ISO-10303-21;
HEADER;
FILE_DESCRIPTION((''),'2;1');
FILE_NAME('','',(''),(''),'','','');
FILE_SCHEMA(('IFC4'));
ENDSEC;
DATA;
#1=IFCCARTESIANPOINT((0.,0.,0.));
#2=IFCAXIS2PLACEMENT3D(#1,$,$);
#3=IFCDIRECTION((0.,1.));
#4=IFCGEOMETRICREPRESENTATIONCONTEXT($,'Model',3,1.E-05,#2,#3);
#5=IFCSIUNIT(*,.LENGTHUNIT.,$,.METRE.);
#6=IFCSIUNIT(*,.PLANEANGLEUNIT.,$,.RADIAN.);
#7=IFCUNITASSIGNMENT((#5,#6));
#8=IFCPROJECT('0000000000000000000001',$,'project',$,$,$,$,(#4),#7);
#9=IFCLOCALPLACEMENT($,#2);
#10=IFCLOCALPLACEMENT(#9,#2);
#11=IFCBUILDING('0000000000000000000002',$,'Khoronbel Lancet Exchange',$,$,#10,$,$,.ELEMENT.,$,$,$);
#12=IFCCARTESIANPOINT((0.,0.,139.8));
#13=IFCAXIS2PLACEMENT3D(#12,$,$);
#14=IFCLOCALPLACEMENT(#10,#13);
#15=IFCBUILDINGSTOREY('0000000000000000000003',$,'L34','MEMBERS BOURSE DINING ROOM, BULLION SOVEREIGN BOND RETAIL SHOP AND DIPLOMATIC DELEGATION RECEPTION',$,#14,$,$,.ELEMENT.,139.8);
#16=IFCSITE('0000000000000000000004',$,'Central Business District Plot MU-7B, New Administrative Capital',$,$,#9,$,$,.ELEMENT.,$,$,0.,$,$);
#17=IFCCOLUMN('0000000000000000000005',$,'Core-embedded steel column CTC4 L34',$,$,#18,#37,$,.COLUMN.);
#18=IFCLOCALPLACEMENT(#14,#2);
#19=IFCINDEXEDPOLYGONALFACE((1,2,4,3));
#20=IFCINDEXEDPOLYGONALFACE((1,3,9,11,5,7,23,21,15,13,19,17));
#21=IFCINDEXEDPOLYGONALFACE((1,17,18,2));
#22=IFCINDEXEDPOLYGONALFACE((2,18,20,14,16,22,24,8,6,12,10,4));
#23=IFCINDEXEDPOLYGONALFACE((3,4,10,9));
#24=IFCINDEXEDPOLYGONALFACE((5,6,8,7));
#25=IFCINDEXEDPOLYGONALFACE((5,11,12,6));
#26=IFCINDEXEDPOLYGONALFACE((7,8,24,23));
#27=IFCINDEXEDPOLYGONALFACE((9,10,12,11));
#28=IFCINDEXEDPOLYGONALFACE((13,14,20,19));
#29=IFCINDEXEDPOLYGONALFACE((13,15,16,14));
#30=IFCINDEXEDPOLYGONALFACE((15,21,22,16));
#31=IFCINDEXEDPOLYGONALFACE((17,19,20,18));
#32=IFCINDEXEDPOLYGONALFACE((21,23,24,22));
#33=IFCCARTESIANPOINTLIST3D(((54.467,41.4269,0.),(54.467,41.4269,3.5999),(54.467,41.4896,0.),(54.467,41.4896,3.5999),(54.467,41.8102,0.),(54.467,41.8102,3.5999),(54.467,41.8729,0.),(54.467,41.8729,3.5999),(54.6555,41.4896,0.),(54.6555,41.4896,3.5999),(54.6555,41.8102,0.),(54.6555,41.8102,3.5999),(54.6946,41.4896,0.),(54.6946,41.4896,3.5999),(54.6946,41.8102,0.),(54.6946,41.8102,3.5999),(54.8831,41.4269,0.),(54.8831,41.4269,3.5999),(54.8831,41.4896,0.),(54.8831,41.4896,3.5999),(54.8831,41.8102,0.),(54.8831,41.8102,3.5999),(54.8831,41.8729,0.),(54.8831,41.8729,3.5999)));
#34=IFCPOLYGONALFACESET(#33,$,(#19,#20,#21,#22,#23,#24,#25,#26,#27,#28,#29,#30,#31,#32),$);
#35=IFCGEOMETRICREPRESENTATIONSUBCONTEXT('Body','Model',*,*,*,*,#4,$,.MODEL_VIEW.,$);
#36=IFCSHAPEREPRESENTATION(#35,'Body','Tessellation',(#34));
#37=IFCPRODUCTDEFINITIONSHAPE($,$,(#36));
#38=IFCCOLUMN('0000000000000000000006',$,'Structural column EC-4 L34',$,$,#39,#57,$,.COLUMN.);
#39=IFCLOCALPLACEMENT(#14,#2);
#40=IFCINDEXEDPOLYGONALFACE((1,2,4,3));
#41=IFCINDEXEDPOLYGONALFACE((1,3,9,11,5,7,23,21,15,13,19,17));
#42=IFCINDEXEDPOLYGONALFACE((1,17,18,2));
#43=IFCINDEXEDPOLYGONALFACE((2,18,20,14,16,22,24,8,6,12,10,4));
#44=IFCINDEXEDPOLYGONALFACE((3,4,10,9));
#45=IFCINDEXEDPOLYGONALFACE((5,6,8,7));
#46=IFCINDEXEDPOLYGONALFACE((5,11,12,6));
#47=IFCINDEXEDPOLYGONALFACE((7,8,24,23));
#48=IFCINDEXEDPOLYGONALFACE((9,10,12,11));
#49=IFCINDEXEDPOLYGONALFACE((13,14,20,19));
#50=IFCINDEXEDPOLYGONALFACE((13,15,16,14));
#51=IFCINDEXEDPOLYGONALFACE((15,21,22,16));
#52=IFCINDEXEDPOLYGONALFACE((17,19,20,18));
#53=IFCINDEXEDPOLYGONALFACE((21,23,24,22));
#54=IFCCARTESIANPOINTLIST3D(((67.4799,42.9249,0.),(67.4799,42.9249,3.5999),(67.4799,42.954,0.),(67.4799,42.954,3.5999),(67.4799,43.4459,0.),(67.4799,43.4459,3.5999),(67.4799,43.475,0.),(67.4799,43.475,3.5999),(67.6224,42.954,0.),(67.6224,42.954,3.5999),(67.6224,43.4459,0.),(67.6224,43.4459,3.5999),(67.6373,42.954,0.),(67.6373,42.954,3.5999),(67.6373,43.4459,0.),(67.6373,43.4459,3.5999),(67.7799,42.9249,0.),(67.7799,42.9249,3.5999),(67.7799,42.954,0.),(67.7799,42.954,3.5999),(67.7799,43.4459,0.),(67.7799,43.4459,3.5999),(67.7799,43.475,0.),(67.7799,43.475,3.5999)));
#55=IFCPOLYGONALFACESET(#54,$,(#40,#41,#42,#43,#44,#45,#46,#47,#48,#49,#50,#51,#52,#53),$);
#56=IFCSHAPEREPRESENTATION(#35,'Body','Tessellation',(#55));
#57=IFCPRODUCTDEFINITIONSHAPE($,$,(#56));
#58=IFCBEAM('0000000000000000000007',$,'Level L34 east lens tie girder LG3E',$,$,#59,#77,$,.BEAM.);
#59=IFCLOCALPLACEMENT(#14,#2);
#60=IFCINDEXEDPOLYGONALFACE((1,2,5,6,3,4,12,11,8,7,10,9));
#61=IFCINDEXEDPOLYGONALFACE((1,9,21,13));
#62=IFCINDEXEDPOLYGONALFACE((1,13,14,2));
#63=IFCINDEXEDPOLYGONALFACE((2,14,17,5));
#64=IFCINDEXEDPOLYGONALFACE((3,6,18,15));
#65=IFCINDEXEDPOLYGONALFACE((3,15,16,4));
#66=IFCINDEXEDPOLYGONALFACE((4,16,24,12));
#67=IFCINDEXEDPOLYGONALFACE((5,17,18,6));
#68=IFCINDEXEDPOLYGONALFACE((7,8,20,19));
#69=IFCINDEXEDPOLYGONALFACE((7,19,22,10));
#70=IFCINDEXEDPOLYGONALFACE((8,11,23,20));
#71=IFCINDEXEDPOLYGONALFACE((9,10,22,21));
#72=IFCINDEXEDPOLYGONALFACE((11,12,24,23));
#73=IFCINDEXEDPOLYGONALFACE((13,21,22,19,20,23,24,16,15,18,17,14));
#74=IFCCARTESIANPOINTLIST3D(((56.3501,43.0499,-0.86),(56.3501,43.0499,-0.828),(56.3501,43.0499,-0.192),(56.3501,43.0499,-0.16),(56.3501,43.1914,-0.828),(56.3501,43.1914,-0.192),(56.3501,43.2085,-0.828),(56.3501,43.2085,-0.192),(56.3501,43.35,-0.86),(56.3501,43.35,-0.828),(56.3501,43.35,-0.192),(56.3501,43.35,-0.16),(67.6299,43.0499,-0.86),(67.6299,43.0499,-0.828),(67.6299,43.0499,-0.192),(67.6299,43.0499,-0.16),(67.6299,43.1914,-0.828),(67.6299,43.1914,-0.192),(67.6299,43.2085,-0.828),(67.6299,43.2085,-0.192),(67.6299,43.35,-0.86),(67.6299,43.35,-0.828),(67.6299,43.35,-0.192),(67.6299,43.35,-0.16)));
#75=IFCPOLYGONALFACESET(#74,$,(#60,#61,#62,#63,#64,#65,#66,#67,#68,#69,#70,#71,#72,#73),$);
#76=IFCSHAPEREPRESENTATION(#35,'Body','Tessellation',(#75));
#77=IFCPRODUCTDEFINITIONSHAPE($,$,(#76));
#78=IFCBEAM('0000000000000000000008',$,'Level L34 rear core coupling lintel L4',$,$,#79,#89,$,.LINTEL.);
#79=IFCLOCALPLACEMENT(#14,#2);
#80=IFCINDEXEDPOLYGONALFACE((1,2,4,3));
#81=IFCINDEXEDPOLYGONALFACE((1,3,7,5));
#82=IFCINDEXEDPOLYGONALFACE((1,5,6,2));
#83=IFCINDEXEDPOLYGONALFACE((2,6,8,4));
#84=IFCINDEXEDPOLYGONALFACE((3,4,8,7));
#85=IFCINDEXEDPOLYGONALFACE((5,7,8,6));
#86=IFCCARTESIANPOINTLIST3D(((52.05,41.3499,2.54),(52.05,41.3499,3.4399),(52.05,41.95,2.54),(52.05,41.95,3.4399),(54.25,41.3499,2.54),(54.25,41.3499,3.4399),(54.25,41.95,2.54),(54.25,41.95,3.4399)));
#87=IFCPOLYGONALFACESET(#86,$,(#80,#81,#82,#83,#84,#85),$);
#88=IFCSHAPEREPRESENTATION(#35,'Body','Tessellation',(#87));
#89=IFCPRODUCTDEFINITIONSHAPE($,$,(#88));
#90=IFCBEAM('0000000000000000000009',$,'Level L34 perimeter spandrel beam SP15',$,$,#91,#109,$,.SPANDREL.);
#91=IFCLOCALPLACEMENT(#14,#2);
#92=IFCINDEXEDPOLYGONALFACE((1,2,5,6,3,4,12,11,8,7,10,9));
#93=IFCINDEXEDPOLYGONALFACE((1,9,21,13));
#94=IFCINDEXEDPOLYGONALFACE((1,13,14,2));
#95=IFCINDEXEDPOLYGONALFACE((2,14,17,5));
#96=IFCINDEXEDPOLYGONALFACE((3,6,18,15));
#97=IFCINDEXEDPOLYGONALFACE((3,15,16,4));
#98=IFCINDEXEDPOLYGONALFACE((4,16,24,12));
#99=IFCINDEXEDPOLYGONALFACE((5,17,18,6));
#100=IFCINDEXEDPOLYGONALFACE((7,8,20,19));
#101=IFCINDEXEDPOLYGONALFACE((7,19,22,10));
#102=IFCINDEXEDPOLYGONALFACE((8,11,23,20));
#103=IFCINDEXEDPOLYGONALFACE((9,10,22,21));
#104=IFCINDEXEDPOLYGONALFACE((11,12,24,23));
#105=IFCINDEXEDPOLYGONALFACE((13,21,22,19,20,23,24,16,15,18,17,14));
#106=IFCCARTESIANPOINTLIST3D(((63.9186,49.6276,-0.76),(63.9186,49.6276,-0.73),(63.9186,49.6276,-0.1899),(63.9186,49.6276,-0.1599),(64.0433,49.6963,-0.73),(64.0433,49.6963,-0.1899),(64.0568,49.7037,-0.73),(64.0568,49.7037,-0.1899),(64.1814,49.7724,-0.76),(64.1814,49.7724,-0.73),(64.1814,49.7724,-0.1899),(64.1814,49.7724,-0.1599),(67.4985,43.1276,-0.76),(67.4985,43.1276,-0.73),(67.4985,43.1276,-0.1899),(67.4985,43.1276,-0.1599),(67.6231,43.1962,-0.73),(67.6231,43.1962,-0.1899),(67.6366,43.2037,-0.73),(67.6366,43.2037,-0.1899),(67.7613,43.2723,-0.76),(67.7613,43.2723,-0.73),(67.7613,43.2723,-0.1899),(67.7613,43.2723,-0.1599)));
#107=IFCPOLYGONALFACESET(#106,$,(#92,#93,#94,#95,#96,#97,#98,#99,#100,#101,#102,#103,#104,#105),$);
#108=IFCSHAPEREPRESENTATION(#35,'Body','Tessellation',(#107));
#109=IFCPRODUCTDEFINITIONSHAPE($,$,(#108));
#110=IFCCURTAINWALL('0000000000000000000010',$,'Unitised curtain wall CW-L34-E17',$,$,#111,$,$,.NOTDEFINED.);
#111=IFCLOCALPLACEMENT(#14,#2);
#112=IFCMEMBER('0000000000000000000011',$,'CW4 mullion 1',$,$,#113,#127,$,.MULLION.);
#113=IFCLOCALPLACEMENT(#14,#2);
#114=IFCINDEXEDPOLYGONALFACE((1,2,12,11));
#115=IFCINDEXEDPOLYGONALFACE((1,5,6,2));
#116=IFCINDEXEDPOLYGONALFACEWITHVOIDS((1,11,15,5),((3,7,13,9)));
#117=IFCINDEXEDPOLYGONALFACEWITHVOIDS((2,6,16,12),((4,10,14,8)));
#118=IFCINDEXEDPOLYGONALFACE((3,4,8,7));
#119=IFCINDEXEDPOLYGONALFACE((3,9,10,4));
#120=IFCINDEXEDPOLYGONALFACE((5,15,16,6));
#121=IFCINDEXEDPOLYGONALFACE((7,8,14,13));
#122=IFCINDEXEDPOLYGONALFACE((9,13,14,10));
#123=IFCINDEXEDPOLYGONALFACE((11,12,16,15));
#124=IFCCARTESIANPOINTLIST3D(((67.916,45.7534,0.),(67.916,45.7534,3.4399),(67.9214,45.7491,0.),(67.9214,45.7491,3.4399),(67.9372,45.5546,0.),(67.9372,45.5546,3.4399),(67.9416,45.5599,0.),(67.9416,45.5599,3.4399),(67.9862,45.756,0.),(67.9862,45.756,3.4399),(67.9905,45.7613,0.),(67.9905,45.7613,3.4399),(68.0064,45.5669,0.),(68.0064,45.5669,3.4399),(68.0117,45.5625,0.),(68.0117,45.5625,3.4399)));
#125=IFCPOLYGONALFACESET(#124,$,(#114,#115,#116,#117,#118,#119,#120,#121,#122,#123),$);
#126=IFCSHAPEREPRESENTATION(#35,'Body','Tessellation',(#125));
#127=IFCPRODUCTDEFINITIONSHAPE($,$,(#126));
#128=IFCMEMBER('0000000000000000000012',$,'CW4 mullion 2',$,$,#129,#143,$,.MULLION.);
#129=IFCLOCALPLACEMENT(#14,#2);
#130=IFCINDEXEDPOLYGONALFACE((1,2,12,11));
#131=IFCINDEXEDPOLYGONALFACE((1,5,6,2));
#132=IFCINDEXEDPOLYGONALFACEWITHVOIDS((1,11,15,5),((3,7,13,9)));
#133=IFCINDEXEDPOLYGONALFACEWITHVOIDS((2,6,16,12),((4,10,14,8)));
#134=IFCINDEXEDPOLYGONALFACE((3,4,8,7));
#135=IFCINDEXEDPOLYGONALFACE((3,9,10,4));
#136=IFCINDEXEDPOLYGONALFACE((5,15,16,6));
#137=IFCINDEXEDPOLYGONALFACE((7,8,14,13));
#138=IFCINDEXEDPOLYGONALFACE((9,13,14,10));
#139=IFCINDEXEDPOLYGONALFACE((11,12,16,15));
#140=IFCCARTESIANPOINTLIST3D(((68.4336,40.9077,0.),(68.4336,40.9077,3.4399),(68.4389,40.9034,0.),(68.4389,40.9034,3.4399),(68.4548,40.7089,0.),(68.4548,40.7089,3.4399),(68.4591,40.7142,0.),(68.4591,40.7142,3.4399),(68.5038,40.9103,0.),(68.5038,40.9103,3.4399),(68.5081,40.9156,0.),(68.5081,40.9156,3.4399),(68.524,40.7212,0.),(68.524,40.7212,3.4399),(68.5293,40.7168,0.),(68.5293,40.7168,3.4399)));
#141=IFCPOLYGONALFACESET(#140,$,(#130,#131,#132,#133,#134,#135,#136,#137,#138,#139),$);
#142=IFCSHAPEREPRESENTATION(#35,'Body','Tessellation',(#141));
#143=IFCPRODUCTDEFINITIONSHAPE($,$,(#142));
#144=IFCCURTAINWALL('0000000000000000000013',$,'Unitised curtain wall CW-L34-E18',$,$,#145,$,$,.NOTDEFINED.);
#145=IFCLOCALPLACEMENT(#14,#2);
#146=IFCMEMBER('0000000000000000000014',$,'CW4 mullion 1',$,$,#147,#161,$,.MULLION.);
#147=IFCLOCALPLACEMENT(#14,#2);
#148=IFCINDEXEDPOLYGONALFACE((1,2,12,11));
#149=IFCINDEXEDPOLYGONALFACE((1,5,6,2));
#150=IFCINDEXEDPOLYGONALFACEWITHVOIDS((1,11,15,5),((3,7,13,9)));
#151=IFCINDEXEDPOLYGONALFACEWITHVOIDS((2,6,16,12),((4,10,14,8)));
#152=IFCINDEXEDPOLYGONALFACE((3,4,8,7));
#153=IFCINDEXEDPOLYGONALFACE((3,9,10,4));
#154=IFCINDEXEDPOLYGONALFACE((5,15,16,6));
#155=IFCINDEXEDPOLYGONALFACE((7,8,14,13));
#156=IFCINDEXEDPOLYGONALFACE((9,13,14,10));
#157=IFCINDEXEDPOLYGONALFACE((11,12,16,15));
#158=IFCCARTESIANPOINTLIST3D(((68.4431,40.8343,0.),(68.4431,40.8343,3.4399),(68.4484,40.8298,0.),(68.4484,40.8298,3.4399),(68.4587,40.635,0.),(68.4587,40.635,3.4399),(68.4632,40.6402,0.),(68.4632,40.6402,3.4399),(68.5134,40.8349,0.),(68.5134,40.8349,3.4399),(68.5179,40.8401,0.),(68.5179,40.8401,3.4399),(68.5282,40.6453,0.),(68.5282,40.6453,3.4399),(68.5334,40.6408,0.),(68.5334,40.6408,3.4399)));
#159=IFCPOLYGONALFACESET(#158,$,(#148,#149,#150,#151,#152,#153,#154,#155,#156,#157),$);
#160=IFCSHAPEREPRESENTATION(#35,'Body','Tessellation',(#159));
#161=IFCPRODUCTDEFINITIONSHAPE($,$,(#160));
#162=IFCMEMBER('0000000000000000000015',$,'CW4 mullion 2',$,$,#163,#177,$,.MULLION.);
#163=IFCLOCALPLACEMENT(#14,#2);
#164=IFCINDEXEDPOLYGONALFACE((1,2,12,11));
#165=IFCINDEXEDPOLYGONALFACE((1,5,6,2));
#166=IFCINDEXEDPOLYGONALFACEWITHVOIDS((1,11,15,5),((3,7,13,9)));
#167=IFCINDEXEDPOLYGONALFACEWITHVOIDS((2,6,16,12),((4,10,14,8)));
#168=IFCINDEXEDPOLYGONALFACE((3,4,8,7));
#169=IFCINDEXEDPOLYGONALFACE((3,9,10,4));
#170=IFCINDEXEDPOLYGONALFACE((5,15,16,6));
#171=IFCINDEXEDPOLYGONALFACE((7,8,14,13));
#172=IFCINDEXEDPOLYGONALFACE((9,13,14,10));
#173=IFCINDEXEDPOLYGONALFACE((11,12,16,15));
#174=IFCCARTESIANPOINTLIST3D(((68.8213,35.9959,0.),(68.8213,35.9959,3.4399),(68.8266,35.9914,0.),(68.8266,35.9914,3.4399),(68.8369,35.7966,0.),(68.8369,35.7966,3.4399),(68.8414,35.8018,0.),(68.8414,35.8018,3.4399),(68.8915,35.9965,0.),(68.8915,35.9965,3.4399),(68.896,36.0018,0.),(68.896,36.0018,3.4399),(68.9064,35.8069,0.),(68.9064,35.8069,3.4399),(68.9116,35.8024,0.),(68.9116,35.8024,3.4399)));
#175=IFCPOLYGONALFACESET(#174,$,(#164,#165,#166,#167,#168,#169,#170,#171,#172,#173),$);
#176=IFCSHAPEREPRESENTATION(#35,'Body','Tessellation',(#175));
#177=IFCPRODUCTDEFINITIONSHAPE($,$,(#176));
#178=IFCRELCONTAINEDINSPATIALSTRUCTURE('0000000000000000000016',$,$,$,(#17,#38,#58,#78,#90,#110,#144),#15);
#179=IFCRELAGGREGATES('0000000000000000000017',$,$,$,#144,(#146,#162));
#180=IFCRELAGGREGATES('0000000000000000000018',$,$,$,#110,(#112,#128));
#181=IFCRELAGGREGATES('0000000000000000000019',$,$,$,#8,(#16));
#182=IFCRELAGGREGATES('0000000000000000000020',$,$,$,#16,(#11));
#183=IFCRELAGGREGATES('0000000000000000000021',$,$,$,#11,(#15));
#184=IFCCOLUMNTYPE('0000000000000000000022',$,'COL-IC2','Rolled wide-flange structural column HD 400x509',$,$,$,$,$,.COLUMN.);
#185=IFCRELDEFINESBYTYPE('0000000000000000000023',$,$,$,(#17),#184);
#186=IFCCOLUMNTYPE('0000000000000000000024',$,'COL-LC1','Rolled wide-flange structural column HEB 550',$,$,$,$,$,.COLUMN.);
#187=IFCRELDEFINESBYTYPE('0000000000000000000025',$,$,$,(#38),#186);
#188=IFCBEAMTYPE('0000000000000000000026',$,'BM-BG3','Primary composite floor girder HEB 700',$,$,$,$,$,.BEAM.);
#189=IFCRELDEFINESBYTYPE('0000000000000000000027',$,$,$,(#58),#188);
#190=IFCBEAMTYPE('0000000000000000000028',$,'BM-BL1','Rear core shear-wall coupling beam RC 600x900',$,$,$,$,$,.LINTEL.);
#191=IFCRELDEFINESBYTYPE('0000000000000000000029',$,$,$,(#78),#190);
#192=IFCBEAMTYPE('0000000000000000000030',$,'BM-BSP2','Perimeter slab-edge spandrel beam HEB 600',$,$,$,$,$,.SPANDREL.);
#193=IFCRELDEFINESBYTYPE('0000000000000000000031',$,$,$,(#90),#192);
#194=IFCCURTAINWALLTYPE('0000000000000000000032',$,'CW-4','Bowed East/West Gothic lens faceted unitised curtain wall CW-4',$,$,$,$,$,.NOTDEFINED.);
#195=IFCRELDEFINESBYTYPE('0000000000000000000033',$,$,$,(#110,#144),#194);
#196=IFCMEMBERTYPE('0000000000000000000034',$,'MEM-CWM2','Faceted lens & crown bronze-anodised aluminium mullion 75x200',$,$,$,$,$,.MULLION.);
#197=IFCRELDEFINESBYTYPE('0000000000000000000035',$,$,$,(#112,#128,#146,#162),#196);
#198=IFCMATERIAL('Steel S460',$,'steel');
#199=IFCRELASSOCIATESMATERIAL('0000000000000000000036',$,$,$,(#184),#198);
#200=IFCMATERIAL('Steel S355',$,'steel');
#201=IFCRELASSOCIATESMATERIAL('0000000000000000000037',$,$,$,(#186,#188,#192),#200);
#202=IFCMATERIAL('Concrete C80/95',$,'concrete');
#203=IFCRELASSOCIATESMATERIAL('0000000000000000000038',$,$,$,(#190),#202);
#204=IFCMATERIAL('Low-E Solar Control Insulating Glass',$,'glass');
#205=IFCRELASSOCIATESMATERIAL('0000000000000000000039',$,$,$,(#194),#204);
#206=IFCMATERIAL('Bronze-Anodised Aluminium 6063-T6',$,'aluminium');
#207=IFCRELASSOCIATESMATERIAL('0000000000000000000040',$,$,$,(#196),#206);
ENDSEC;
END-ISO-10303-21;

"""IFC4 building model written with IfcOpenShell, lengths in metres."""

from ifc_helpers import new_model, si_unit, direction, frame, origin, origin_2d, place, context, subcontext, project, spatial, rectangle, hollow_rectangle, i_section, extrude, material, material_profile, profile_set, type_object, element, aggregate, save


model = new_model("IFC4")

# Units and contexts
model_context = context("Model", 3, precision=1e-05, world=origin(), true_north=direction((0.0, 1.0)))
body_context = subcontext(model_context, "Body", "Model", "MODEL_VIEW")
ifc_project = project(units=[si_unit("LENGTHUNIT", "METRE"), si_unit("PLANEANGLEUNIT", "RADIAN")], contexts=[model_context])

# Site, building, storey
site_placement = place(None, origin())
site = spatial("IfcSite", under=ifc_project, at=site_placement, Name="Central Business District Plot MU-7B, New Administrative Capital", CompositionType="ELEMENT", RefElevation=0.0)
building_placement = place(site_placement, origin())
building = spatial("IfcBuilding", under=site, at=building_placement, Name="Khoronbel Lancet Exchange", CompositionType="ELEMENT")
storey_placement = place(building_placement, frame((0.0, 0.0, 139.8)))
storey = spatial("IfcBuildingStorey", under=building, at=storey_placement, Name="L34", Description="MEMBERS BOURSE DINING ROOM, BULLION SOVEREIGN BOND RETAIL SHOP AND DIPLOMATIC DELEGATION RECEPTION", CompositionType="ELEMENT", Elevation=139.8)

# Columns
ifc_material_1 = material(Name="Steel S460", Category="steel")
ifc_material_profile_1 = material_profile(ifc_material_1, i_section(OverallWidth=0.416, OverallDepth=0.446, WebThickness=0.0391, FlangeThickness=0.0627, at=origin_2d()), Name="HD 400x509")
ifc_profile_set_1 = profile_set([ifc_material_profile_1], Name="Steel S460")
column_type_1 = type_object("IfcColumnType", Name="COL-IC2", Description="Rolled wide-flange structural column HD 400x509", PredefinedType="COLUMN", material=ifc_profile_set_1)
column_1_placement = place(storey_placement, frame((54.675, 41.6499, 0.0), z_axis=(0.0, 0.0, 1.0), x_axis=(1.0, 0.0, 0.0)))
element("IfcColumn", 1, at=column_1_placement, inside=storey, type_object=column_type_1, Name="Core-embedded steel column CTC4 L34", PredefinedType="COLUMN", context=body_context, shape_type="SweptSolid", body=[
    extrude(i_section(OverallWidth=0.416, OverallDepth=0.446, WebThickness=0.0391, FlangeThickness=0.0627, at=origin_2d()), origin(), (0.0, 0.0, 1.0), 3.5999),
])
ifc_material_2 = material(Name="Steel S355", Category="steel")
ifc_material_profile_2 = material_profile(ifc_material_2, i_section(OverallWidth=0.3, OverallDepth=0.55, WebThickness=0.0149, FlangeThickness=0.0291, at=origin_2d()), Name="HEB 550")
ifc_profile_set_2 = profile_set([ifc_material_profile_2], Name="Steel S355")
column_type_2 = type_object("IfcColumnType", Name="COL-LC1", Description="Rolled wide-flange structural column HEB 550", PredefinedType="COLUMN", material=ifc_profile_set_2)
column_2_placement = place(storey_placement, frame((67.6299, 43.2, 0.0), z_axis=(0.0, 0.0, 1.0), x_axis=(1.0, 0.0, 0.0)))
element("IfcColumn", 2, at=column_2_placement, inside=storey, type_object=column_type_2, Name="Structural column EC-4 L34", PredefinedType="COLUMN", context=body_context, shape_type="SweptSolid", body=[
    extrude(i_section(OverallWidth=0.3, OverallDepth=0.55, WebThickness=0.0149, FlangeThickness=0.0291, at=origin_2d()), origin(), (0.0, 0.0, 1.0), 3.5999),
])

# Beams
ifc_material_profile_3 = material_profile(ifc_material_2, i_section(OverallWidth=0.3, OverallDepth=0.7, WebThickness=0.0171, FlangeThickness=0.032, at=origin_2d()), Name="HEB 700")
ifc_profile_set_3 = profile_set([ifc_material_profile_3], Name="Steel S355")
beam_type_1 = type_object("IfcBeamType", Name="BM-BG3", Description="Primary composite floor girder HEB 700", PredefinedType="BEAM", material=ifc_profile_set_3)
beam_1_placement = place(storey_placement, frame((56.3501, 43.2, -0.51), z_axis=(1.0, 0.0, 0.0), x_axis=(0.0, 1.0, 0.0)))
element("IfcBeam", 3, at=beam_1_placement, inside=storey, type_object=beam_type_1, Name="Level L34 east lens tie girder LG3E", PredefinedType="BEAM", context=body_context, shape_type="SweptSolid", body=[
    extrude(i_section(OverallWidth=0.3, OverallDepth=0.7, WebThickness=0.0171, FlangeThickness=0.032, at=origin_2d()), origin(), (0.0, 0.0, 1.0), 11.2798),
])
ifc_material_3 = material(Name="Concrete C80/95", Category="concrete")
ifc_material_profile_4 = material_profile(ifc_material_3, rectangle(XDim=0.6001, YDim=0.8999, at=origin_2d()), Name="RC 600x900")
ifc_profile_set_4 = profile_set([ifc_material_profile_4], Name="Concrete C80/95")
beam_type_2 = type_object("IfcBeamType", Name="BM-BL1", Description="Rear core shear-wall coupling beam RC 600x900", PredefinedType="LINTEL", material=ifc_profile_set_4)
beam_2_placement = place(storey_placement, frame((52.05, 41.6499, 2.99), z_axis=(1.0, 0.0, 0.0), x_axis=(0.0, 1.0, 0.0)))
element("IfcBeam", 4, at=beam_2_placement, inside=storey, type_object=beam_type_2, Name="Level L34 rear core coupling lintel L4", PredefinedType="LINTEL", context=body_context, shape_type="SweptSolid", body=[
    extrude(rectangle(XDim=0.6001, YDim=0.8999, at=origin_2d()), origin(), (0.0, 0.0, 1.0), 2.2),
])
ifc_material_profile_5 = material_profile(ifc_material_2, i_section(OverallWidth=0.3, OverallDepth=0.6001, WebThickness=0.0154, FlangeThickness=0.03, at=origin_2d()), Name="HEB 600")
ifc_profile_set_5 = profile_set([ifc_material_profile_5], Name="Steel S355")
beam_type_3 = type_object("IfcBeamType", Name="BM-BSP2", Description="Perimeter slab-edge spandrel beam HEB 600", PredefinedType="SPANDREL", material=ifc_profile_set_5)
beam_3_placement = place(storey_placement, frame((67.6299, 43.2, -0.46), z_axis=(-0.482419, 0.875941, 0.0), x_axis=(-0.875941, -0.482419, 0.0)))
element("IfcBeam", 5, at=beam_3_placement, inside=storey, type_object=beam_type_3, Name="Level L34 perimeter spandrel beam SP15", PredefinedType="SPANDREL", context=body_context, shape_type="SweptSolid", body=[
    extrude(i_section(OverallWidth=0.3, OverallDepth=0.6001, WebThickness=0.0154, FlangeThickness=0.03, at=origin_2d()), origin(), (0.0, 0.0, 1.0), 7.4207),
])

# Curtain walls, members
ifc_material_4 = material(Name="Low-E Solar Control Insulating Glass", Category="glass")
curtain_wall_type = type_object("IfcCurtainWallType", Name="CW-4", Description="Bowed East/West Gothic lens faceted unitised curtain wall CW-4", PredefinedType="NOTDEFINED", material=ifc_material_4)
curtain_wall_1_placement = place(storey_placement, origin())
curtain_wall_1 = element("IfcCurtainWall", 6, at=curtain_wall_1_placement, inside=storey, type_object=curtain_wall_type, Name="Unitised curtain wall CW-L34-E17", PredefinedType="NOTDEFINED")
ifc_material_5 = material(Name="Bronze-Anodised Aluminium 6063-T6", Category="aluminium")
ifc_material_profile_6 = material_profile(ifc_material_5, hollow_rectangle(XDim=0.075, YDim=0.2, WallThickness=0.0049, at=origin_2d()), Name="ALU MULLION 75x200")
ifc_profile_set_6 = profile_set([ifc_material_profile_6], Name="Bronze-Anodised Aluminium 6063-T6")
member_type_1 = type_object("IfcMemberType", Name="MEM-CWM2", Description="Faceted lens & crown bronze-anodised aluminium mullion 75x200", PredefinedType="MULLION", material=ifc_profile_set_6)
member_1_placement = place(storey_placement, frame((67.9639, 45.658, 0.0), z_axis=(0.0, 0.0, 1.0), x_axis=(0.994347, 0.106181, 0.0)))
member_1 = element("IfcMember", 7, at=member_1_placement, type_object=member_type_1, Name="CW4 mullion 1", PredefinedType="MULLION", context=body_context, shape_type="SweptSolid", body=[
    extrude(hollow_rectangle(XDim=0.075, YDim=0.2, WallThickness=0.0049, at=origin_2d()), origin(), (0.0, 0.0, 1.0), 3.4399),
])
member_2_placement = place(storey_placement, frame((68.4814, 40.8123, 0.0), z_axis=(0.0, 0.0, 1.0), x_axis=(0.994347, 0.106181, 0.0)))
member_2 = element("IfcMember", 8, at=member_2_placement, type_object=member_type_1, Name="CW4 mullion 2", PredefinedType="MULLION", context=body_context, shape_type="SweptSolid", body=[
    extrude(hollow_rectangle(XDim=0.075, YDim=0.2, WallThickness=0.0049, at=origin_2d()), origin(), (0.0, 0.0, 1.0), 3.4399),
])
curtain_wall_2_placement = place(storey_placement, origin())
curtain_wall_2 = element("IfcCurtainWall", 9, at=curtain_wall_2_placement, inside=storey, type_object=curtain_wall_type, Name="Unitised curtain wall CW-L34-E18", PredefinedType="NOTDEFINED")
member_3_placement = place(storey_placement, frame((68.4883, 40.7375, 0.0), z_axis=(0.0, 0.0, 1.0), x_axis=(0.99696, 0.077921, 0.0)))
member_3 = element("IfcMember", 10, at=member_3_placement, type_object=member_type_1, Name="CW4 mullion 1", PredefinedType="MULLION", context=body_context, shape_type="SweptSolid", body=[
    extrude(hollow_rectangle(XDim=0.075, YDim=0.2, WallThickness=0.0049, at=origin_2d()), origin(), (0.0, 0.0, 1.0), 3.4399),
])
member_4_placement = place(storey_placement, frame((68.8665, 35.8992, 0.0), z_axis=(0.0, 0.0, 1.0), x_axis=(0.99696, 0.077921, 0.0)))
member_4 = element("IfcMember", 11, at=member_4_placement, type_object=member_type_1, Name="CW4 mullion 2", PredefinedType="MULLION", context=body_context, shape_type="SweptSolid", body=[
    extrude(hollow_rectangle(XDim=0.075, YDim=0.2, WallThickness=0.0049, at=origin_2d()), origin(), (0.0, 0.0, 1.0), 3.4399),
])

aggregate(curtain_wall_2, [member_3, member_4])
aggregate(curtain_wall_1, [member_1, member_2])

save(model, "model.ifc")
